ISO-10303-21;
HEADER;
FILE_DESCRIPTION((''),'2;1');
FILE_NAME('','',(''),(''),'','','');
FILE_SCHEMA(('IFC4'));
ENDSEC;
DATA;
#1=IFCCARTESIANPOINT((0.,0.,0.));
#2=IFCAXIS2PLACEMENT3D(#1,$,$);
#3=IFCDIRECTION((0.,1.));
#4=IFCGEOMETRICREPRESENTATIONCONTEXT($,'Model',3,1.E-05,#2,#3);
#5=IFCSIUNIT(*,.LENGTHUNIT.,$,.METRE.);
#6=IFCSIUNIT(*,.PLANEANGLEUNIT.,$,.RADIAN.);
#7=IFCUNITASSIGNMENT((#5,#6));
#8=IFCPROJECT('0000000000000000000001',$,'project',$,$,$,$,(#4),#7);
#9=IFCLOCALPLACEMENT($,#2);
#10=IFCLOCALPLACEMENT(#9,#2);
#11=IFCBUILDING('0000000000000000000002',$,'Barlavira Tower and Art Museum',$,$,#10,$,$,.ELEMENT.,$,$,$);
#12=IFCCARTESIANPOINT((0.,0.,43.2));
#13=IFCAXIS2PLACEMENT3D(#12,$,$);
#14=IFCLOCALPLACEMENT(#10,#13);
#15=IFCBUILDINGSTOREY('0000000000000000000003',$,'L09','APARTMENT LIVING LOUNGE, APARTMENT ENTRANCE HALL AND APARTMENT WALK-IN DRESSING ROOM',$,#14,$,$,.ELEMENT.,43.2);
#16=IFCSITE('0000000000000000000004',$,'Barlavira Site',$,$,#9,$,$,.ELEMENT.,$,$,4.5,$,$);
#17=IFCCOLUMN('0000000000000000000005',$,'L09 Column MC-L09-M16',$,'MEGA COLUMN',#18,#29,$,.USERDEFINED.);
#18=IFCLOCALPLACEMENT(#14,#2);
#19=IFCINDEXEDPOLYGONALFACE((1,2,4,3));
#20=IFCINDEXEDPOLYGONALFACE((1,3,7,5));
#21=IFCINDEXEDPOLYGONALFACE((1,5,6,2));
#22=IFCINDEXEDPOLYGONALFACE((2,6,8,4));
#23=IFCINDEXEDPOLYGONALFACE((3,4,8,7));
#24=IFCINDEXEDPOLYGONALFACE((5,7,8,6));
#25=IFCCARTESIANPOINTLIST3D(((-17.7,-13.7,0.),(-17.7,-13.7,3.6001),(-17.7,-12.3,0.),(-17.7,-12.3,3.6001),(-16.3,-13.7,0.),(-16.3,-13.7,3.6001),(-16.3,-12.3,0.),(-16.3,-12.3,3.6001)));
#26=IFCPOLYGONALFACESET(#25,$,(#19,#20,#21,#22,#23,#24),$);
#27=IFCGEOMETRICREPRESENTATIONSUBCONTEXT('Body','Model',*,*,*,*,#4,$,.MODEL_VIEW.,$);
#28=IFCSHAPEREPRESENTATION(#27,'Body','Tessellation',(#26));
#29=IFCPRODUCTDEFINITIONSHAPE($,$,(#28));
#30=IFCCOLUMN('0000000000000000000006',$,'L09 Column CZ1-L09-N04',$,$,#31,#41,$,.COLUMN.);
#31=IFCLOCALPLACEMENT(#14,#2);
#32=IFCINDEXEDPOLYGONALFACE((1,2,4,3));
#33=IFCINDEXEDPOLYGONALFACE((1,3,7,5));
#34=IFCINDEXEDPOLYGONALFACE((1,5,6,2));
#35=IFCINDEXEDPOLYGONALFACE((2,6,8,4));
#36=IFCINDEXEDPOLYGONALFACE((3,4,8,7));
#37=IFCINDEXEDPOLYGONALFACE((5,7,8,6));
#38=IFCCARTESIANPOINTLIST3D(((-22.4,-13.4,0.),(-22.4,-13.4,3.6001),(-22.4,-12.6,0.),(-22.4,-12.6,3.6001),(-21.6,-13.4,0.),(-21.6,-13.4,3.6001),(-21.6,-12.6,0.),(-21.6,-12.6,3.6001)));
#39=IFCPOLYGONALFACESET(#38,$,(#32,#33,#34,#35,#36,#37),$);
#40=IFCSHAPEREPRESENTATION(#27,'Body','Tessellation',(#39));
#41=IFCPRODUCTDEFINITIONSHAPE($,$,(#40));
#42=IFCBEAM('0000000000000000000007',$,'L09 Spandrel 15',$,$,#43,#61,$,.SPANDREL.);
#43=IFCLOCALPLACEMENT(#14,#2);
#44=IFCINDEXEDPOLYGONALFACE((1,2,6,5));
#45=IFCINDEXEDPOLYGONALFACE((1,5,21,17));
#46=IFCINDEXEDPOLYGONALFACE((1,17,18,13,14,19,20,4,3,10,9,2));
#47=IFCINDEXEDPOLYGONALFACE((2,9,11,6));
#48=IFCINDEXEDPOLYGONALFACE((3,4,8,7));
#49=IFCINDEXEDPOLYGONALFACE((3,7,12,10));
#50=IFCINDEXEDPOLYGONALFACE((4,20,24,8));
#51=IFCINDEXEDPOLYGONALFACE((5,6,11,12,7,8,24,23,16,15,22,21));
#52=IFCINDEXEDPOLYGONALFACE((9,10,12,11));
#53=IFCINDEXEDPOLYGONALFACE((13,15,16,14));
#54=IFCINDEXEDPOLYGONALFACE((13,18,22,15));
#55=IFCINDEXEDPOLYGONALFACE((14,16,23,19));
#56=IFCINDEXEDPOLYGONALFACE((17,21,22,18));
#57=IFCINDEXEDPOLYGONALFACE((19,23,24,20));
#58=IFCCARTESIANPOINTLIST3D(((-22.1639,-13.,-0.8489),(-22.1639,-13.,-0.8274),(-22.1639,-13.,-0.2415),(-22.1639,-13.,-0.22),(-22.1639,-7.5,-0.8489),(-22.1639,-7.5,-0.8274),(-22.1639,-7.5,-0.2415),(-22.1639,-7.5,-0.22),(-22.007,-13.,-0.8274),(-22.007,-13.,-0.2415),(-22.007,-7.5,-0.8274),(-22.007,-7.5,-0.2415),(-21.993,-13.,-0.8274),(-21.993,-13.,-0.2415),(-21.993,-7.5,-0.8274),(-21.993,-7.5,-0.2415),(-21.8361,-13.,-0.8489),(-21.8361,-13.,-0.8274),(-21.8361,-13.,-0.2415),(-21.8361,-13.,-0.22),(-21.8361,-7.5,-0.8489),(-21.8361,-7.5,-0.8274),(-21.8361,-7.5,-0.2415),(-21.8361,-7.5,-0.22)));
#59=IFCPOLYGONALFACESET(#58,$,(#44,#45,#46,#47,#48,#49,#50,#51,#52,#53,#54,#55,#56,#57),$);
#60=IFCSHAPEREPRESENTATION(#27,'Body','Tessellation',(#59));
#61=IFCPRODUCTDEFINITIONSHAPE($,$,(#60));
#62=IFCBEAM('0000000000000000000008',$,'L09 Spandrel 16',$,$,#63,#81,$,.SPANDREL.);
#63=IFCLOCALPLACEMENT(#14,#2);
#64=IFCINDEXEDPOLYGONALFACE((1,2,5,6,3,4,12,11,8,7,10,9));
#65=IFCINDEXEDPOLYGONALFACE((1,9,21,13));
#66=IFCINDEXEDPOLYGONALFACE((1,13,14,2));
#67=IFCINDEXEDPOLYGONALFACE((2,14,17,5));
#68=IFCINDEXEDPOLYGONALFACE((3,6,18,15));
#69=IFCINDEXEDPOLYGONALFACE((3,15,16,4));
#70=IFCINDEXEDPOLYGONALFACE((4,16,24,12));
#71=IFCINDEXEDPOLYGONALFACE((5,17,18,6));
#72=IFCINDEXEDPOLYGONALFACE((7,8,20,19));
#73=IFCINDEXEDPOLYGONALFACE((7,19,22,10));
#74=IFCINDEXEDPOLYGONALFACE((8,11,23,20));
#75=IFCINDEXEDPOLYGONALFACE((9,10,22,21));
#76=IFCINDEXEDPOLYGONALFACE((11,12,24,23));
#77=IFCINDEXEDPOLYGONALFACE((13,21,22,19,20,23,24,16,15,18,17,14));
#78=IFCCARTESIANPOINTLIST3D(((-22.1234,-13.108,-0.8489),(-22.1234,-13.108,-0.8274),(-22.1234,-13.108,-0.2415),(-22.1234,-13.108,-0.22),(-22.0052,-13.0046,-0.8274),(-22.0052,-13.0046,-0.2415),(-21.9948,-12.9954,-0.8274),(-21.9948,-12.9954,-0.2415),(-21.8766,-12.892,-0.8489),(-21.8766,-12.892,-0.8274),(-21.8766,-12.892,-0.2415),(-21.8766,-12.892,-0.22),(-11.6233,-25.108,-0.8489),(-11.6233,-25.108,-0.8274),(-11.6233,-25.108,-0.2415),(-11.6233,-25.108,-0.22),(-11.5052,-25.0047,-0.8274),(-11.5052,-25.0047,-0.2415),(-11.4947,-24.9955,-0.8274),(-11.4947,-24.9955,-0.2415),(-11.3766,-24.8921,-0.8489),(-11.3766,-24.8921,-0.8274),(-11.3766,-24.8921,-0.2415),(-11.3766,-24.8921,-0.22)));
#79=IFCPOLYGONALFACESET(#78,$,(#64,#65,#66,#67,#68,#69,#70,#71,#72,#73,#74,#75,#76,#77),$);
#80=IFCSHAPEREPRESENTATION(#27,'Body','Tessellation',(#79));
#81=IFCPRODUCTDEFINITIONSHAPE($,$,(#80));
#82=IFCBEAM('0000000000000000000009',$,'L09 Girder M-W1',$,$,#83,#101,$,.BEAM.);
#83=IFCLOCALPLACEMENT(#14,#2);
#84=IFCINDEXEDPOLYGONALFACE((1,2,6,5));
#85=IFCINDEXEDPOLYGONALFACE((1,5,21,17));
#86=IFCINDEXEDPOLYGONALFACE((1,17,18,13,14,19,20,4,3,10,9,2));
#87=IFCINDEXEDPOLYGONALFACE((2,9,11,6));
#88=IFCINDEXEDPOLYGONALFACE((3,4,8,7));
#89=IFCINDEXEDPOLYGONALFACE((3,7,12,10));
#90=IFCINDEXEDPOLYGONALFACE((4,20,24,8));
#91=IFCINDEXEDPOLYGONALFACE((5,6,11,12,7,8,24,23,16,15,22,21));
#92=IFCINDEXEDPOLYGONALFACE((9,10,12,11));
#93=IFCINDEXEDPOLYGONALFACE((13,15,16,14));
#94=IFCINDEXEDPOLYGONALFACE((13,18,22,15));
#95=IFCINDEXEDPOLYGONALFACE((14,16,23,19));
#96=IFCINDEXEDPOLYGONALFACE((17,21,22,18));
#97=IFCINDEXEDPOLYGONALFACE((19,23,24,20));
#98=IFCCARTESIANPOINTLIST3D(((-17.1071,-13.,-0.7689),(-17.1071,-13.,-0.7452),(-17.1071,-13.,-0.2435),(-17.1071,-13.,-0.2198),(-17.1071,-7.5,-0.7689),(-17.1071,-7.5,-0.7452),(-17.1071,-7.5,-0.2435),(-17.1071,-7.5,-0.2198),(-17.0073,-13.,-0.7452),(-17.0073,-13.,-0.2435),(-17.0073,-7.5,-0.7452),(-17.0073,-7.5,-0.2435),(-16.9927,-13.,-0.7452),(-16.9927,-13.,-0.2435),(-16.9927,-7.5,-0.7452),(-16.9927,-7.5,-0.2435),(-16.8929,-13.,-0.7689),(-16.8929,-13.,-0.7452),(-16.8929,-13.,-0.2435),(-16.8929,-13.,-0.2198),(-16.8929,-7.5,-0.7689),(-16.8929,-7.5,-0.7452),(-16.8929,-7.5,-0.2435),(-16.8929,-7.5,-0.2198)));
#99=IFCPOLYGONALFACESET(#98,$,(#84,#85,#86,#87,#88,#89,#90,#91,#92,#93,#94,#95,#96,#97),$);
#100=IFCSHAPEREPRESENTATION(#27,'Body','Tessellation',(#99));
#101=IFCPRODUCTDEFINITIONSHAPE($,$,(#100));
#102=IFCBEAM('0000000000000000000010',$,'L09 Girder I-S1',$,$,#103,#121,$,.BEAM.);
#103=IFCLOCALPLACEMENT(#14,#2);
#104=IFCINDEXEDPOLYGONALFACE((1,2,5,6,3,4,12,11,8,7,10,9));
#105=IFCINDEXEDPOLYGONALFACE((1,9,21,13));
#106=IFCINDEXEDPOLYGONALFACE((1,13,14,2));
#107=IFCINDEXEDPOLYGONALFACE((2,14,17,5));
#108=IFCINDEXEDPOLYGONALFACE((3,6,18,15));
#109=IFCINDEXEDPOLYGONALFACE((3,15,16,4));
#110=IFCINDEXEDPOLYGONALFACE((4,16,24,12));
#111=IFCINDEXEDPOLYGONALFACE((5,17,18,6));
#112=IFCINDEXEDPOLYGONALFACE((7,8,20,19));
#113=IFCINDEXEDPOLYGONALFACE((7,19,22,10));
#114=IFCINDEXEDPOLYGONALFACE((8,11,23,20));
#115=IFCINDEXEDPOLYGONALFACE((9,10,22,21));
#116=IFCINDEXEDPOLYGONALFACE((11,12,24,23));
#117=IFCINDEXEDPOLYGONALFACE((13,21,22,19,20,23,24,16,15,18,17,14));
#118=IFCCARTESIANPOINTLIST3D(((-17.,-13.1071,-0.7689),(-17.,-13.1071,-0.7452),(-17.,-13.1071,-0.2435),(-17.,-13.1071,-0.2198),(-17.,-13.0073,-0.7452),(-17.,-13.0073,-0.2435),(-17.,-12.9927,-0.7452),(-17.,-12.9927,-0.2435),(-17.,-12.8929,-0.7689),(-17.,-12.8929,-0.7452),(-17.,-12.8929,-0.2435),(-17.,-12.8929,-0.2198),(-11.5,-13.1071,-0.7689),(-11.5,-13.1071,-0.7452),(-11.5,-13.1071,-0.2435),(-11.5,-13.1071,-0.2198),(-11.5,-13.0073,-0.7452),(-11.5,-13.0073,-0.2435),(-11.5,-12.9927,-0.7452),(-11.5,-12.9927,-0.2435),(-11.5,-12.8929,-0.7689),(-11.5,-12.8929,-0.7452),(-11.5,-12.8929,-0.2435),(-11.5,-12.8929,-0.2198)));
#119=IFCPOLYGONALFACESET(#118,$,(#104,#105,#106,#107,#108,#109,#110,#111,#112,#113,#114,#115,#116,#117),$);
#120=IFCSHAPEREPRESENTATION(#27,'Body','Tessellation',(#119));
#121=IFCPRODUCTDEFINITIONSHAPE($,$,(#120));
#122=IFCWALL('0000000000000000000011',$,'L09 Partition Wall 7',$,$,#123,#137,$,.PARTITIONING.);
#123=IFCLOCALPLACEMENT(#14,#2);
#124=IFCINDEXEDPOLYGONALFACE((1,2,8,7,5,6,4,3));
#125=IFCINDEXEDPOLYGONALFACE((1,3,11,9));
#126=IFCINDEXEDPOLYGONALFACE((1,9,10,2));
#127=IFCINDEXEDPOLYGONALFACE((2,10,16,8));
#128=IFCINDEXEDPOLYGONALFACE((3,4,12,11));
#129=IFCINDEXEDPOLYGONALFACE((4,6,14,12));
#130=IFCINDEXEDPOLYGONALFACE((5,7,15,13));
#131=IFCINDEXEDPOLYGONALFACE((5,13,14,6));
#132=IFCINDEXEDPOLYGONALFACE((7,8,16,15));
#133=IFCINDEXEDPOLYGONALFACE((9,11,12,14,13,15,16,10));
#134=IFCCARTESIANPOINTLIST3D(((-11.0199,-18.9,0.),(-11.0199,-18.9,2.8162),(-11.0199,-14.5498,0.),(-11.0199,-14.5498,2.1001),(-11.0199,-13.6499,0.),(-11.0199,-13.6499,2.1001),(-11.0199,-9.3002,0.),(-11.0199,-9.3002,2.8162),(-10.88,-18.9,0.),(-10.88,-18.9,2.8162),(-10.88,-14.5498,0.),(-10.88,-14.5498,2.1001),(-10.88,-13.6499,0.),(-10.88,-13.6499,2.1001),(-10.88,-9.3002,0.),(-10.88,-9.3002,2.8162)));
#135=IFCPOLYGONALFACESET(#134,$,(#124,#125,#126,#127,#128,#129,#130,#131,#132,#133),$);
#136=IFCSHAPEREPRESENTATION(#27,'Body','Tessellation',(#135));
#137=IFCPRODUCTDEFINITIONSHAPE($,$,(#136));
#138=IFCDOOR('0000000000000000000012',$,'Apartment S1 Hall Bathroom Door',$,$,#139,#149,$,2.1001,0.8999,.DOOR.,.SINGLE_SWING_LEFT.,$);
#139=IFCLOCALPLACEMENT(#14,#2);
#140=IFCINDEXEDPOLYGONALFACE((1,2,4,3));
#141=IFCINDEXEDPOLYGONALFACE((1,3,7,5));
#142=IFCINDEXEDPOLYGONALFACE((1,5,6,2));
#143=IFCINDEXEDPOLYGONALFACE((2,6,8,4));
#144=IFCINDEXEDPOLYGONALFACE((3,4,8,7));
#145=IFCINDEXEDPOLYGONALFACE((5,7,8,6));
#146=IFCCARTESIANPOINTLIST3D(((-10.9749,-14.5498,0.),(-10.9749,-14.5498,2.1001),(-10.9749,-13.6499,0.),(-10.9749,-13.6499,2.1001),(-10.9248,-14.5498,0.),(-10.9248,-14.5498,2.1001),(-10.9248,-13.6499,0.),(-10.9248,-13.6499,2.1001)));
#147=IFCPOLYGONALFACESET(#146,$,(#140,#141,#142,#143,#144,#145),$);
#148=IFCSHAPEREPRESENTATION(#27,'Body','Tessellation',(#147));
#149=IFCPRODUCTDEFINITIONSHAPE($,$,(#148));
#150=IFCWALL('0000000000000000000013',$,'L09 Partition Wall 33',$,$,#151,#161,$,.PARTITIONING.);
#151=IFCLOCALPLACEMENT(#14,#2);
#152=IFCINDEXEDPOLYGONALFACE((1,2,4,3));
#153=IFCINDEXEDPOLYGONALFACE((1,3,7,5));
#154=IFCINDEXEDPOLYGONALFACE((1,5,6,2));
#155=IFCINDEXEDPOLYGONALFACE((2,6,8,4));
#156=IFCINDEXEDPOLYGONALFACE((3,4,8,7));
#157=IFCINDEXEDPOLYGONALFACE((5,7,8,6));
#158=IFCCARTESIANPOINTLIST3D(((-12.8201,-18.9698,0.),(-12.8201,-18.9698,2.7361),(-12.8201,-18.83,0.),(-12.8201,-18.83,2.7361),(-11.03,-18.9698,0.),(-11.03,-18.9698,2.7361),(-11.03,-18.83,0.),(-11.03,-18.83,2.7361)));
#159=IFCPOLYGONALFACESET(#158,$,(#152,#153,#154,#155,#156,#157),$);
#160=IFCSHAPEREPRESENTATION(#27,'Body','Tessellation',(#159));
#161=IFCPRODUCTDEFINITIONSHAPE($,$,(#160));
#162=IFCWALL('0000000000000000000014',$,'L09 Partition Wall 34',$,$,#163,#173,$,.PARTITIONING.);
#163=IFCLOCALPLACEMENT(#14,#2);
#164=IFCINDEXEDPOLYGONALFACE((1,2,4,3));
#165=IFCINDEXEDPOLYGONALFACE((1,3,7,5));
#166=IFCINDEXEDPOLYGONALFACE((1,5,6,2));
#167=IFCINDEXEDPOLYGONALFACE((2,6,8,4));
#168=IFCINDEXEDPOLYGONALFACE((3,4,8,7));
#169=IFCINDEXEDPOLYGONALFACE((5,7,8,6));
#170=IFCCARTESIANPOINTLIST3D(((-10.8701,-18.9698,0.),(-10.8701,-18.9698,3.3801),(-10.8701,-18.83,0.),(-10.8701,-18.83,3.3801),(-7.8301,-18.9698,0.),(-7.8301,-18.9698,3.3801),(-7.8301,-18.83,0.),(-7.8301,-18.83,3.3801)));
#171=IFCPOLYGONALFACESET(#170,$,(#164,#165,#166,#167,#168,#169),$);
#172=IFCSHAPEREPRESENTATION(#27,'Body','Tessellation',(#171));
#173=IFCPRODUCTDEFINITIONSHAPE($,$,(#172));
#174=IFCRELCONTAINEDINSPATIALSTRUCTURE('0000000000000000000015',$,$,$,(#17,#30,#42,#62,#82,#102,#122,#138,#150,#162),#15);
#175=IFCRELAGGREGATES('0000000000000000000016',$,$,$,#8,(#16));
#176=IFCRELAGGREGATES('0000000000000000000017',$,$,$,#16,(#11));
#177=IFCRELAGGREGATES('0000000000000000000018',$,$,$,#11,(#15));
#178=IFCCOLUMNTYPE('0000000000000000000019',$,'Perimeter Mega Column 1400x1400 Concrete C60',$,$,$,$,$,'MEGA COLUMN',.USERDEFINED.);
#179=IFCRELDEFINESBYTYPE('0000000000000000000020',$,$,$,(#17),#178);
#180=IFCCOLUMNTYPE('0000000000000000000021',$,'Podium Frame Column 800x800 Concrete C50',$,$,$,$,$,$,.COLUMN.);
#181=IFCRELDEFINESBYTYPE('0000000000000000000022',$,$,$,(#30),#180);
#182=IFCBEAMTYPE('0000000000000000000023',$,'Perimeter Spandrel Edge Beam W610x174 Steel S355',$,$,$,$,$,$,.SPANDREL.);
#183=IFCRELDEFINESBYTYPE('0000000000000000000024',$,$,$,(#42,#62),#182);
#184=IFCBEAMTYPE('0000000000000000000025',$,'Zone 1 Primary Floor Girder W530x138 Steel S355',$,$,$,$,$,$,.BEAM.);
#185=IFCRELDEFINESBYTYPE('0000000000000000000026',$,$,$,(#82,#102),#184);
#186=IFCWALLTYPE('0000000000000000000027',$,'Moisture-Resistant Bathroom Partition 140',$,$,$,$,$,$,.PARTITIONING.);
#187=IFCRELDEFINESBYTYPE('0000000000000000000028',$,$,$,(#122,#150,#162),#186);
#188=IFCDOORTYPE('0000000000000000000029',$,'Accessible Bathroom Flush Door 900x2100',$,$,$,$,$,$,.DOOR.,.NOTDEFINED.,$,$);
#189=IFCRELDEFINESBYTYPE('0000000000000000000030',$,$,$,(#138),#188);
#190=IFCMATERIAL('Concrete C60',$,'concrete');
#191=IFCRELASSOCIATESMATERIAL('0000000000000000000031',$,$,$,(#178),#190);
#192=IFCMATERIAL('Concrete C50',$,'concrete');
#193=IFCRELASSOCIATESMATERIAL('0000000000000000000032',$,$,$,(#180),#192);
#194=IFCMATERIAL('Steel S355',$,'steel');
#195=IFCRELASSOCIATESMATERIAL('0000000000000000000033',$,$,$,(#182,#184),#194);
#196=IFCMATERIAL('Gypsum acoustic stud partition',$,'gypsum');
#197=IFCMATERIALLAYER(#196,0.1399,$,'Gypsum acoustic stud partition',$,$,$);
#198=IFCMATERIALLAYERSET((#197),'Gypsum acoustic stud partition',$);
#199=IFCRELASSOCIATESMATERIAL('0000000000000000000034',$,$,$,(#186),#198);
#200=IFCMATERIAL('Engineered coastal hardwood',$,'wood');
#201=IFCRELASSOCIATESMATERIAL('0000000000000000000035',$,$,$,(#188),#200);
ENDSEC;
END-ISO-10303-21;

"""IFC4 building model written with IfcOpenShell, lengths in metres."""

from ifc_helpers import new_model, si_unit, direction, frame, frame_2d, origin, origin_2d, place, context, subcontext, project, spatial, rectangle, i_section, extrude, material, layer, layer_set, material_profile, profile_set, type_object, element, fill, save


model = new_model("IFC4")

# Units and contexts
model_context = context("Model", 3, precision=1e-05, world=origin(), true_north=direction((0.0, 1.0)))
body_context = subcontext(model_context, "Body", "Model", "MODEL_VIEW")
ifc_project = project(units=[si_unit("LENGTHUNIT", "METRE"), si_unit("PLANEANGLEUNIT", "RADIAN")], contexts=[model_context])

# Site, building, storey
site_placement = place(None, origin())
site = spatial("IfcSite", under=ifc_project, at=site_placement, Name="Barlavira Site", CompositionType="ELEMENT", RefElevation=4.5)
building_placement = place(site_placement, origin())
building = spatial("IfcBuilding", under=site, at=building_placement, Name="Barlavira Tower and Art Museum", CompositionType="ELEMENT")
storey_placement = place(building_placement, frame((0.0, 0.0, 43.2)))
storey = spatial("IfcBuildingStorey", under=building, at=storey_placement, Name="L09", Description="APARTMENT LIVING LOUNGE, APARTMENT ENTRANCE HALL AND APARTMENT WALK-IN DRESSING ROOM", CompositionType="ELEMENT", Elevation=43.2)

# Columns
ifc_material_1 = material(Name="Concrete C60", Category="concrete")
ifc_material_profile_1 = material_profile(ifc_material_1, rectangle(XDim=1.3999, YDim=1.3999, at=origin_2d()), Name="RC-MCOL 1400x1400")
ifc_profile_set_1 = profile_set([ifc_material_profile_1], Name="Concrete C60")
column_type_1 = type_object("IfcColumnType", Name="Perimeter Mega Column 1400x1400 Concrete C60", ElementType="MEGA COLUMN", PredefinedType="USERDEFINED", material=ifc_profile_set_1)
column_1_placement = place(storey_placement, frame((-17.0, -13.0, 0.0), z_axis=(0.0, 0.0, 1.0), x_axis=(1.0, 0.0, 0.0)))
element("IfcColumn", 1, at=column_1_placement, inside=storey, type_object=column_type_1, Name="L09 Column MC-L09-M16", ObjectType="MEGA COLUMN", PredefinedType="USERDEFINED", context=body_context, shape_type="SweptSolid", body=[
    extrude(rectangle(XDim=1.3999, YDim=1.3999, at=origin_2d()), origin(), (0.0, 0.0, 1.0), 3.6001),
])
ifc_material_2 = material(Name="Concrete C50", Category="concrete")
ifc_material_profile_2 = material_profile(ifc_material_2, rectangle(XDim=0.8, YDim=0.8, at=origin_2d()), Name="RC-COL 800x800")
ifc_profile_set_2 = profile_set([ifc_material_profile_2], Name="Concrete C50")
column_type_2 = type_object("IfcColumnType", Name="Podium Frame Column 800x800 Concrete C50", PredefinedType="COLUMN", material=ifc_profile_set_2)
column_2_placement = place(storey_placement, frame((-22.0, -13.0, 0.0), z_axis=(0.0, 0.0, 1.0), x_axis=(1.0, 0.0, 0.0)))
element("IfcColumn", 2, at=column_2_placement, inside=storey, type_object=column_type_2, Name="L09 Column CZ1-L09-N04", PredefinedType="COLUMN", context=body_context, shape_type="SweptSolid", body=[
    extrude(rectangle(XDim=0.8, YDim=0.8, at=origin_2d()), origin(), (0.0, 0.0, 1.0), 3.6001),
])

# Beams
ifc_material_3 = material(Name="Steel S355", Category="steel")
ifc_material_profile_3 = material_profile(ifc_material_3, i_section(OverallWidth=0.3279, OverallDepth=0.6289, WebThickness=0.0139, FlangeThickness=0.0215, at=origin_2d()), Name="W610x174.0")
ifc_profile_set_3 = profile_set([ifc_material_profile_3], Name="Steel S355")
beam_type_1 = type_object("IfcBeamType", Name="Perimeter Spandrel Edge Beam W610x174 Steel S355", PredefinedType="SPANDREL", material=ifc_profile_set_3)
beam_1_placement = place(storey_placement, frame((-22.0, -13.0, -0.5344), z_axis=(0.0, 1.0, 0.0), x_axis=(-1.0, 0.0, 0.0)))
element("IfcBeam", 3, at=beam_1_placement, inside=storey, type_object=beam_type_1, Name="L09 Spandrel 15", PredefinedType="SPANDREL", context=body_context, shape_type="SweptSolid", body=[
    extrude(i_section(OverallWidth=0.3279, OverallDepth=0.6289, WebThickness=0.0139, FlangeThickness=0.0215, at=origin_2d()), origin(), (0.0, 0.0, 1.0), 5.5),
])
beam_2_placement = place(storey_placement, frame((-22.0, -13.0, -0.5344), z_axis=(0.658505, -0.752577, 0.0), x_axis=(0.752577, 0.658505, 0.0)))
element("IfcBeam", 4, at=beam_2_placement, inside=storey, type_object=beam_type_1, Name="L09 Spandrel 16", PredefinedType="SPANDREL", context=body_context, shape_type="SweptSolid", body=[
    extrude(i_section(OverallWidth=0.3279, OverallDepth=0.6289, WebThickness=0.0139, FlangeThickness=0.0215, at=origin_2d()), origin(), (0.0, 0.0, 1.0), 15.9453),
])
ifc_material_profile_4 = material_profile(ifc_material_3, i_section(OverallWidth=0.2141, OverallDepth=0.5491, WebThickness=0.0146, FlangeThickness=0.0237, at=origin_2d()), Name="W530x138.0")
ifc_profile_set_4 = profile_set([ifc_material_profile_4], Name="Steel S355")
beam_type_2 = type_object("IfcBeamType", Name="Zone 1 Primary Floor Girder W530x138 Steel S355", PredefinedType="BEAM", material=ifc_profile_set_4)
for number, where, z_axis, x_axis, name in (
    (5, (-17.0, -13.0, -0.4944), (0.0, 1.0, 0.0), (-1.0, 0.0, 0.0), "L09 Girder M-W1"),
    (6, (-17.0, -13.0, -0.4944), (1.0, 0.0, 0.0), (0.0, 1.0, 0.0), "L09 Girder I-S1"),
):
    element("IfcBeam", number, at=place(storey_placement, frame(where, z_axis=z_axis, x_axis=x_axis)), inside=storey, type_object=beam_type_2, Name=name, PredefinedType="BEAM", context=body_context, shape_type="SweptSolid", body=[
        extrude(i_section(OverallWidth=0.2141, OverallDepth=0.5491, WebThickness=0.0146, FlangeThickness=0.0237, at=origin_2d()), origin(), (0.0, 0.0, 1.0), 5.5),
    ])

# Wall, opening, door
ifc_material_4 = material(Name="Gypsum acoustic stud partition", Category="gypsum")
ifc_layer_1 = layer(ifc_material_4, 0.1399, Name="Gypsum acoustic stud partition")
ifc_layer_set_1 = layer_set([ifc_layer_1], Name="Gypsum acoustic stud partition")
wall_type_1 = type_object("IfcWallType", Name="Moisture-Resistant Bathroom Partition 140", PredefinedType="PARTITIONING", material=ifc_layer_set_1)
wall_1_placement = place(storey_placement, frame((-10.95, -18.8999, 0.0), z_axis=(0.0, 0.0, 1.0), x_axis=(0.0, 1.0, 0.0)))
wall_1 = element("IfcWall", 7, at=wall_1_placement, inside=storey, type_object=wall_type_1, Name="L09 Partition Wall 7", PredefinedType="PARTITIONING", context=body_context, shape_type="SweptSolid", body=[
    extrude(rectangle(XDim=9.5999, YDim=0.1399, at=frame_2d((4.7998, 0.0))), origin(), (0.0, 0.0, 1.0), 2.8162),
])
opening_1_placement = place(wall_1_placement, frame((4.3501, 0.0, 0.0)))
opening_1 = element("IfcOpeningElement", 8, at=opening_1_placement, cuts=wall_1, PredefinedType="OPENING", context=body_context, shape_type="SweptSolid", body=[
    extrude(rectangle(XDim=0.8999, YDim=2.1001, at=frame_2d((0.45, 1.05))), frame((0.0, 0.0801, 0.0), z_axis=(0.0, -1.0, 0.0), x_axis=(1.0, 0.0, 0.0)), (0.0, 0.0, 1.0), 0.1599),
])
ifc_material_5 = material(Name="Engineered coastal hardwood", Category="wood")
door_type = type_object("IfcDoorType", Name="Accessible Bathroom Flush Door 900x2100", OperationType="NOTDEFINED", PredefinedType="DOOR", material=ifc_material_5)
door_placement = place(opening_1_placement, origin())
door = element("IfcDoor", 9, at=door_placement, inside=storey, type_object=door_type, Name="Apartment S1 Hall Bathroom Door", OperationType="SINGLE_SWING_LEFT", OverallHeight=2.1001, OverallWidth=0.8999, PredefinedType="DOOR", context=body_context, shape_type="SweptSolid", body=[
    extrude(rectangle(XDim=0.8999, YDim=2.1001, at=frame_2d((0.45, 1.05))), frame((0.0, 0.0249, 0.0), z_axis=(0.0, -1.0, 0.0), x_axis=(1.0, 0.0, 0.0)), (0.0, 0.0, 1.0), 0.05),
])
fill(opening_1, door)

# Walls
wall_2_placement = place(storey_placement, frame((-12.8201, -18.8999, 0.0), z_axis=(0.0, 0.0, 1.0), x_axis=(1.0, 0.0, 0.0)))
element("IfcWall", 10, at=wall_2_placement, inside=storey, type_object=wall_type_1, Name="L09 Partition Wall 33", PredefinedType="PARTITIONING", context=body_context, shape_type="SweptSolid", body=[
    extrude(rectangle(XDim=1.79, YDim=0.1399, at=frame_2d((0.895, 0.0))), origin(), (0.0, 0.0, 1.0), 2.7361),
])
wall_3_placement = place(storey_placement, frame((-10.8701, -18.8999, 0.0), z_axis=(0.0, 0.0, 1.0), x_axis=(1.0, 0.0, 0.0)))
element("IfcWall", 11, at=wall_3_placement, inside=storey, type_object=wall_type_1, Name="L09 Partition Wall 34", PredefinedType="PARTITIONING", context=body_context, shape_type="SweptSolid", body=[
    extrude(rectangle(XDim=3.04, YDim=0.1399, at=frame_2d((1.52, 0.0))), origin(), (0.0, 0.0, 1.0), 3.3801),
])

save(model, "model.ifc")
